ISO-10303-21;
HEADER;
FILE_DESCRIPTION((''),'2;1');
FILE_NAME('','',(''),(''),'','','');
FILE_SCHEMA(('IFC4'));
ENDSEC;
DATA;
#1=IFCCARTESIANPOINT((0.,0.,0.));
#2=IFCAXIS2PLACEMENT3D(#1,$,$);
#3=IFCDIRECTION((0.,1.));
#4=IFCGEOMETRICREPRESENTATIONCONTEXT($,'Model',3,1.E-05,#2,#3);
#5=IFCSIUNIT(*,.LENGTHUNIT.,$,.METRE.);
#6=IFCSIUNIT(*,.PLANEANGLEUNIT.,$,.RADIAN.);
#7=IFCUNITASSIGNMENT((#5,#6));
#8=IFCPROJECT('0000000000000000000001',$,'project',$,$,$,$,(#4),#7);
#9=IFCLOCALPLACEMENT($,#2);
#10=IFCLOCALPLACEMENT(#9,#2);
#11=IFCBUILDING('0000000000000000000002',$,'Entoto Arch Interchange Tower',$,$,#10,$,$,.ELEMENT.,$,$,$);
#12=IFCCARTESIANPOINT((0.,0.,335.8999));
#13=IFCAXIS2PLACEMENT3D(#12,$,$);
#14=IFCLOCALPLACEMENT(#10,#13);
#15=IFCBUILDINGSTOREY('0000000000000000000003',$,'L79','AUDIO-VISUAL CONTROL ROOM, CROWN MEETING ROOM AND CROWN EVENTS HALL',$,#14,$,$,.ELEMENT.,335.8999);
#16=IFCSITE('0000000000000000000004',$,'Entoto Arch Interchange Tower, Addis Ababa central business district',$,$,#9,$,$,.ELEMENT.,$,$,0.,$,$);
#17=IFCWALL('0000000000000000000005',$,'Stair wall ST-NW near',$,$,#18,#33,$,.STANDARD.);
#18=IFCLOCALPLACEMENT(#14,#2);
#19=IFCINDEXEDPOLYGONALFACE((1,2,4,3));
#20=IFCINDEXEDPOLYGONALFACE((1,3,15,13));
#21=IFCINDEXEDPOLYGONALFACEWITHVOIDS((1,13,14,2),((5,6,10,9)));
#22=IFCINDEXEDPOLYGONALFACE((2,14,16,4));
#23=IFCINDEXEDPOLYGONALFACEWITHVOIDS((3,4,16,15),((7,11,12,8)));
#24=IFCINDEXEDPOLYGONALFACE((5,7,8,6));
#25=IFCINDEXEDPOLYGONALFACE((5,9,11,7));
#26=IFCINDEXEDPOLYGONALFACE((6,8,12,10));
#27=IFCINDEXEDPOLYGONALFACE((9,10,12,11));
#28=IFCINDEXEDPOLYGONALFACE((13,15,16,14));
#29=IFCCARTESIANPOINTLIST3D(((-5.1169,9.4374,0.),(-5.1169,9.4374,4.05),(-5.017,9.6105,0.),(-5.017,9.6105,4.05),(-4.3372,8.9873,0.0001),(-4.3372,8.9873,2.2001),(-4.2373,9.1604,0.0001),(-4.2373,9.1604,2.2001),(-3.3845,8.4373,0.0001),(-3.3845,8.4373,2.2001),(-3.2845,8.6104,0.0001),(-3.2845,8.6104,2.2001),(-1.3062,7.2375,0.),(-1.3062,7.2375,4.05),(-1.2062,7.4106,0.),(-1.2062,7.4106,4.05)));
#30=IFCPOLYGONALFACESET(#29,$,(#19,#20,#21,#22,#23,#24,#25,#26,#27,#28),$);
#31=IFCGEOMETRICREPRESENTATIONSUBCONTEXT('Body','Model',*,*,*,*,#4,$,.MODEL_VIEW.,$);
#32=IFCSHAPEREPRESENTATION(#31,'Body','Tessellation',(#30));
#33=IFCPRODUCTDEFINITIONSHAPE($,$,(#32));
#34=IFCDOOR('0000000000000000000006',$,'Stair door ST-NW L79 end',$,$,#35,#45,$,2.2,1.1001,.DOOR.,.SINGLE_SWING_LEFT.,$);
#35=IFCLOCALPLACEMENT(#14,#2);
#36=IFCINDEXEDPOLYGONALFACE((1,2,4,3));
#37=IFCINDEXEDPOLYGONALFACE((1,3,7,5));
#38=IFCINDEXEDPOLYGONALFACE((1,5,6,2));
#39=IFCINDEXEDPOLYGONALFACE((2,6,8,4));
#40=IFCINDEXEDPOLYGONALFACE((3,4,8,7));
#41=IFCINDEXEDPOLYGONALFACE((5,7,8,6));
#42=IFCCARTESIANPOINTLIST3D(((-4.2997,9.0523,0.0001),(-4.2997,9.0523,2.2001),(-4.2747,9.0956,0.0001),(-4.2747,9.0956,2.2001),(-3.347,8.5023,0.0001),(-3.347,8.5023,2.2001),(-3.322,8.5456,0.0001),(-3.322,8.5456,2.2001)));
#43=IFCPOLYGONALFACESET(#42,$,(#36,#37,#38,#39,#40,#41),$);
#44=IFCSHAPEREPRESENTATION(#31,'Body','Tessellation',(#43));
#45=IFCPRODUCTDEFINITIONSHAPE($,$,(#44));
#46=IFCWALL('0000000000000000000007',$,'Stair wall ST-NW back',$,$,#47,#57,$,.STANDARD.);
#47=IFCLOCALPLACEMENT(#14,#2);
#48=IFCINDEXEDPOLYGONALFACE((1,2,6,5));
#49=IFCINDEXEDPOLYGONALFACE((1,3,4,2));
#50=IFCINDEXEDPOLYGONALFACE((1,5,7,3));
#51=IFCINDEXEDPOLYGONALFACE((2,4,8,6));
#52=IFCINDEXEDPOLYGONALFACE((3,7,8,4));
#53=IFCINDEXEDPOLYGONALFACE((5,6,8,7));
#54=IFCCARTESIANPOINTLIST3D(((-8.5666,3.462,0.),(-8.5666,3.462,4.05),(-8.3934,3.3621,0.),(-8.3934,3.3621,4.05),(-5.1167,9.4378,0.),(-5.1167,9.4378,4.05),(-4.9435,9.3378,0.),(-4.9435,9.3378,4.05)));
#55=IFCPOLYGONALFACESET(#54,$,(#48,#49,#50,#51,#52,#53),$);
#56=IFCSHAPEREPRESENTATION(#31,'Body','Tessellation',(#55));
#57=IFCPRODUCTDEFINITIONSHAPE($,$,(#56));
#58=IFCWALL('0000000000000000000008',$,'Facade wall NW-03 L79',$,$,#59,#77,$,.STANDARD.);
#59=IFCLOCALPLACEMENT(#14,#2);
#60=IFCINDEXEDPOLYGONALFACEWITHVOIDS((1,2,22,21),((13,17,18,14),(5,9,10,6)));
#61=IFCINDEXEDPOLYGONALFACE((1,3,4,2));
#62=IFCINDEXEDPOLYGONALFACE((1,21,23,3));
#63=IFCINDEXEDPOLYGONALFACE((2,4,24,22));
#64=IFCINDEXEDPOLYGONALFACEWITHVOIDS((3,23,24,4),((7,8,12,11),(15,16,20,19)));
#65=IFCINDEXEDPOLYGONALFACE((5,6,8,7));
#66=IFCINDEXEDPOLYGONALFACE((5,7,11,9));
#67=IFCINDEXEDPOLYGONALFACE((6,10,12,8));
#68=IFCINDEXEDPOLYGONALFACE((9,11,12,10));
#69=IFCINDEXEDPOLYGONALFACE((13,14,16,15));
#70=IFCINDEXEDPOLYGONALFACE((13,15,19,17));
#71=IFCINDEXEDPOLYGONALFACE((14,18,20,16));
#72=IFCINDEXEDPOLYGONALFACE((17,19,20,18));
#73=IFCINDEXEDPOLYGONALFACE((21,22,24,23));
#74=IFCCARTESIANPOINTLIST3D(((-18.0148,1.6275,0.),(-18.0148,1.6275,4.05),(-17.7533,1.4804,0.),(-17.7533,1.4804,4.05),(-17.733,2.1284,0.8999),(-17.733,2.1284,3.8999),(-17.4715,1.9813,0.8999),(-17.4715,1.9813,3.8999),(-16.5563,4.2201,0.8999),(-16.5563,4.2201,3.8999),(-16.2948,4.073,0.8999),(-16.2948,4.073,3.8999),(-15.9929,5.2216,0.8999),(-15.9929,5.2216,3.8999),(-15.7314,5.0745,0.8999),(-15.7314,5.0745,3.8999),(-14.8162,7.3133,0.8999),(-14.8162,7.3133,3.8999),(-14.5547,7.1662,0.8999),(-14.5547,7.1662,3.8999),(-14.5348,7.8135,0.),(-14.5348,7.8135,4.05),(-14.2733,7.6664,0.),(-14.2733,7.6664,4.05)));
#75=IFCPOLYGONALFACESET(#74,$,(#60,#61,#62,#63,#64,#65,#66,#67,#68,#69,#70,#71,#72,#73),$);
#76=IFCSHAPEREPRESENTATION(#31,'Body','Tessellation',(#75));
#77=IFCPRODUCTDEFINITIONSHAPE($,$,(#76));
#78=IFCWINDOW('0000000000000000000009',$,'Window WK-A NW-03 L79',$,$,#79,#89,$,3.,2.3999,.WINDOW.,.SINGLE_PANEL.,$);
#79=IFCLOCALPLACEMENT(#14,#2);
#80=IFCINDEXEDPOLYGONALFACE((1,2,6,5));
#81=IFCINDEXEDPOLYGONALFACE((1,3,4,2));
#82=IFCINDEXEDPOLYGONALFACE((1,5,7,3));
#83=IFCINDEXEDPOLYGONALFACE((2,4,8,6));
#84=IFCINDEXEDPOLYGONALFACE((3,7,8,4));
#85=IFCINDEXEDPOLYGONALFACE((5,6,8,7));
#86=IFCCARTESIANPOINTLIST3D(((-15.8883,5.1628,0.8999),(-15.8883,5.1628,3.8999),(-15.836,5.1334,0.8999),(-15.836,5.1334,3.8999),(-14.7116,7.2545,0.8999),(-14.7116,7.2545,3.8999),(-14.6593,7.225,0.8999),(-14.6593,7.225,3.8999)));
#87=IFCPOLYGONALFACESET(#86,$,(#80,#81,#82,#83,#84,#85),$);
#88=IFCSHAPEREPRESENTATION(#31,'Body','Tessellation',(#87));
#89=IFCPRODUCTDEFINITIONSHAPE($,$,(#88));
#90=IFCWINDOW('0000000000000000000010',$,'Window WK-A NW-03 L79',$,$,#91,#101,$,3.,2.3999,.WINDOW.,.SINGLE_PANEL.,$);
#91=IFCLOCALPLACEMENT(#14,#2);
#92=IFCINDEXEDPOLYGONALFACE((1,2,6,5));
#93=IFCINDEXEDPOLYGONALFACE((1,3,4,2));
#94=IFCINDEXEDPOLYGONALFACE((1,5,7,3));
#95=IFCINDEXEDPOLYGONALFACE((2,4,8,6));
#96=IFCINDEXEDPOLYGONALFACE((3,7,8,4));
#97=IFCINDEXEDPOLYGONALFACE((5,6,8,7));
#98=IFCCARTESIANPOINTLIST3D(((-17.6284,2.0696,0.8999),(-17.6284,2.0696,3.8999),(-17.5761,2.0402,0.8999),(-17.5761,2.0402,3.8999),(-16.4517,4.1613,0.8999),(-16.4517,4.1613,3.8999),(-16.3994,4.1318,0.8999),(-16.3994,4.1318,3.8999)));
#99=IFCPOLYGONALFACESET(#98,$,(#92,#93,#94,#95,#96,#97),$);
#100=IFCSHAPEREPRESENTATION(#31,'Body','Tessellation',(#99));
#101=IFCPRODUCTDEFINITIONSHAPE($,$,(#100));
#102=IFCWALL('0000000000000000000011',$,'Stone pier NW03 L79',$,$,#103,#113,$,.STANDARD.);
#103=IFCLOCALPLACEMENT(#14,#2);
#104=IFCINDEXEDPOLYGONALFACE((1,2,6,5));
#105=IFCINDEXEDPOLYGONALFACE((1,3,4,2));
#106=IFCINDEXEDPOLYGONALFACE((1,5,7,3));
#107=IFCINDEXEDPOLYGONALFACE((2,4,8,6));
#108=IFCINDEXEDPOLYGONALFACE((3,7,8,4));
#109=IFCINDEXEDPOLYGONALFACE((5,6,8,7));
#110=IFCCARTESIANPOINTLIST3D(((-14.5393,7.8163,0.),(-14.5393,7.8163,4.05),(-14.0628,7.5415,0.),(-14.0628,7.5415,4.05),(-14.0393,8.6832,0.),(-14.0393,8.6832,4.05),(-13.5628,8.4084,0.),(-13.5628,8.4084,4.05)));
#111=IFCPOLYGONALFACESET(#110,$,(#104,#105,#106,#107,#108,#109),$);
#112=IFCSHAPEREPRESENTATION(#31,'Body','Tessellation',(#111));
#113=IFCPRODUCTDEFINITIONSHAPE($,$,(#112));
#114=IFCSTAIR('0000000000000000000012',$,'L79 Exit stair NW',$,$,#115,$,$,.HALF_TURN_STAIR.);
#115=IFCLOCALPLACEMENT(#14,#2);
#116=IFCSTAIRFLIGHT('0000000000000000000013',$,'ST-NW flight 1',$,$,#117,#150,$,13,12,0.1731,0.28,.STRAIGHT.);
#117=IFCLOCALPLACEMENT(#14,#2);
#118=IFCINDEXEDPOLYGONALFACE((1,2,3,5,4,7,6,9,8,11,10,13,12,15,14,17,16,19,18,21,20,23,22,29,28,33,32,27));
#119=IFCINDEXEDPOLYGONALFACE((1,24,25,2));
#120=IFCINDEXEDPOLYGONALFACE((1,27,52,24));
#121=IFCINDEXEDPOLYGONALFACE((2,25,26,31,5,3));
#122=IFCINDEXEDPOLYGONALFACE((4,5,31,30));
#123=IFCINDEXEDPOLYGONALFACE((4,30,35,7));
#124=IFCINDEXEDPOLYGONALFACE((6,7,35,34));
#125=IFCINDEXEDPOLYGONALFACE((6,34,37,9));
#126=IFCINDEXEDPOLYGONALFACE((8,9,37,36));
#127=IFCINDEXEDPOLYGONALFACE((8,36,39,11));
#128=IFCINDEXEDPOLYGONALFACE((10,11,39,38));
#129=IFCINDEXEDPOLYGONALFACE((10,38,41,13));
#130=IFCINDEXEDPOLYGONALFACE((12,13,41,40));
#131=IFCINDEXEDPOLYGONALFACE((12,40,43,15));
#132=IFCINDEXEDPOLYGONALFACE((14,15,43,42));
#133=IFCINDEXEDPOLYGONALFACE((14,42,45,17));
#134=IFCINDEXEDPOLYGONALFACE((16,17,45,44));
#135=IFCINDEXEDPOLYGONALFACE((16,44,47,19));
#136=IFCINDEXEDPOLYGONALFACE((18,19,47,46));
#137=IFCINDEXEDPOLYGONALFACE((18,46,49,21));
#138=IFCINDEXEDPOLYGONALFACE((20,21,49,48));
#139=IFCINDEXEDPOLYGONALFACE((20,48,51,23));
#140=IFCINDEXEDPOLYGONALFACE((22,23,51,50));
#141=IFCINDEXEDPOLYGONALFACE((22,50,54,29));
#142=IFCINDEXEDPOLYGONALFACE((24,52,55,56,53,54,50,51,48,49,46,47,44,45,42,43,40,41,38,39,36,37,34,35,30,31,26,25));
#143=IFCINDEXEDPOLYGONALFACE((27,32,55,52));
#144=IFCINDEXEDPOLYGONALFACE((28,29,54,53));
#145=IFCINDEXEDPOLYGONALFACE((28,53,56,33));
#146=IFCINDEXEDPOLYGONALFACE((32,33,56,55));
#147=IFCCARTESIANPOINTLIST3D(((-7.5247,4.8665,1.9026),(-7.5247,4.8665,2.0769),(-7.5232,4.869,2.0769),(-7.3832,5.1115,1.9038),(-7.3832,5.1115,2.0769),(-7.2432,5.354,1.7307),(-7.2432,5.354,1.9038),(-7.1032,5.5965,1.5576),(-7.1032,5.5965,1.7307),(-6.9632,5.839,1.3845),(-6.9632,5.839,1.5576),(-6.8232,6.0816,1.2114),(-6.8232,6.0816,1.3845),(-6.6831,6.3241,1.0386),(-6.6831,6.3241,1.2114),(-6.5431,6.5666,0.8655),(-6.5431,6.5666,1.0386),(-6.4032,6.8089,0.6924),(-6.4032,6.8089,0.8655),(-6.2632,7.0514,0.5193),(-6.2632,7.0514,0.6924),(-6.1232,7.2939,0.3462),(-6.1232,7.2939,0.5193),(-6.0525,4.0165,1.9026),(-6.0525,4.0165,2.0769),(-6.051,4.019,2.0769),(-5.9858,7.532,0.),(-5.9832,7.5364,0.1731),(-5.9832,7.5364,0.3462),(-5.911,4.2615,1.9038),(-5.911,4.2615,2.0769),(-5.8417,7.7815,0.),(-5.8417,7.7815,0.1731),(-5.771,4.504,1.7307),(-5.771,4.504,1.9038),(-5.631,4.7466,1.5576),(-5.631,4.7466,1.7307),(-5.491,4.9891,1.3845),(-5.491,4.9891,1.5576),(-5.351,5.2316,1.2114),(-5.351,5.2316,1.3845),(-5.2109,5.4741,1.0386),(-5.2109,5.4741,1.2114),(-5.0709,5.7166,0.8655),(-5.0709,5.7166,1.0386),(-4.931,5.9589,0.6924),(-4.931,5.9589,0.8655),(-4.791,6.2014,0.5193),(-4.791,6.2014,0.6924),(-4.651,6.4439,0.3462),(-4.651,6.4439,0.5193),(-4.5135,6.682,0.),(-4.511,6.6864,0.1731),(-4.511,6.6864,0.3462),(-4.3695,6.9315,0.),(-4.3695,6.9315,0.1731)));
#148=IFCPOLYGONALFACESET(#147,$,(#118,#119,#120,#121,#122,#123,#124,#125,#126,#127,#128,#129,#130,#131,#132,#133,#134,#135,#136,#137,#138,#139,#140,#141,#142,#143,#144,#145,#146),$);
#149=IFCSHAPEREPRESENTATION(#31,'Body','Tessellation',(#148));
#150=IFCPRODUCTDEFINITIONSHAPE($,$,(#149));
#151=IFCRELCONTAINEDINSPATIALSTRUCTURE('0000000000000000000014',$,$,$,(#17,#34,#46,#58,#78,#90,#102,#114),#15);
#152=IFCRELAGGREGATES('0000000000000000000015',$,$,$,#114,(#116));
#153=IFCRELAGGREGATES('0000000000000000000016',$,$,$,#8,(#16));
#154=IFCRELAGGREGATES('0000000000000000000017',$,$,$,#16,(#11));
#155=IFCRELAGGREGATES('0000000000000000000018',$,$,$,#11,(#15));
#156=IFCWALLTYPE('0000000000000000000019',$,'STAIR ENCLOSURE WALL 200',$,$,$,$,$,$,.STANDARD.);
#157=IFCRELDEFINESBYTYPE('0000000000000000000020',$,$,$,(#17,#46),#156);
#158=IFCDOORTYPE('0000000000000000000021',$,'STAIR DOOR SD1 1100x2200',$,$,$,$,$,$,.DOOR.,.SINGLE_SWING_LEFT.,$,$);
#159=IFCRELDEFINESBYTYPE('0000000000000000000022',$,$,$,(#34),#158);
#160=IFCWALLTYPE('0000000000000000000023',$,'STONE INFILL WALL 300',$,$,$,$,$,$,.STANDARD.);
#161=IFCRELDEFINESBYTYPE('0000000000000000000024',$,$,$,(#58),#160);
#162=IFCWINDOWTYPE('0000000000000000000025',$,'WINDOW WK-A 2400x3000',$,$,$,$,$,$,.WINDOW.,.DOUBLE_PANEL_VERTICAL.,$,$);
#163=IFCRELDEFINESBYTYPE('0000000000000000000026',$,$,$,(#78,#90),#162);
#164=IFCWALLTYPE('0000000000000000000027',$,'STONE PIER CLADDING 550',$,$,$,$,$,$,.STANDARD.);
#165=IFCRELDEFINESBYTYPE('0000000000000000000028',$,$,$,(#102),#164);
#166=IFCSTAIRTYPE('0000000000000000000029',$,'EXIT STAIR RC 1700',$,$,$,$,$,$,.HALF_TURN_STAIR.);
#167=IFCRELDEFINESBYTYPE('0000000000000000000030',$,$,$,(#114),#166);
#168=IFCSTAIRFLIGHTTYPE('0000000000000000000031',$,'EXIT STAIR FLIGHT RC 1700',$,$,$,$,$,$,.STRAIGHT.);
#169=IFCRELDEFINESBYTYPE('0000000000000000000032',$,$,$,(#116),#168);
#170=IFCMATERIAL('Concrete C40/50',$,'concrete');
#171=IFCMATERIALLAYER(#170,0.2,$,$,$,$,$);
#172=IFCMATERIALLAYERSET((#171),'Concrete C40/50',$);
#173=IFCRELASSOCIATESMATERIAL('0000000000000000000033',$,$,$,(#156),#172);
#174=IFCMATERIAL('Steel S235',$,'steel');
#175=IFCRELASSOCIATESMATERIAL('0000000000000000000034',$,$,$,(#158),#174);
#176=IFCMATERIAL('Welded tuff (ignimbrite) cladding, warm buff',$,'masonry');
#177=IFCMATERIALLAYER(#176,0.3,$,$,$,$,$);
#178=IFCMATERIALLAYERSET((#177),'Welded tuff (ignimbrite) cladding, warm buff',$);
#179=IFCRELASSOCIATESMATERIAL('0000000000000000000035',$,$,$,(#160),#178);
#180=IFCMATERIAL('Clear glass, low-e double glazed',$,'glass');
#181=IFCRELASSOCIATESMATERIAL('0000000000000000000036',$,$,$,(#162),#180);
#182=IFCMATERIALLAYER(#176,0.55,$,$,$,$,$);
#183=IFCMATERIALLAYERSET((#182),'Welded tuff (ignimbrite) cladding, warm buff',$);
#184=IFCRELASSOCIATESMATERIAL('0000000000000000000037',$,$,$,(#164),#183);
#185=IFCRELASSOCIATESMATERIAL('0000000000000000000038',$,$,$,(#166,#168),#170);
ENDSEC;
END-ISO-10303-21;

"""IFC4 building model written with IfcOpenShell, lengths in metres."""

from ifc_helpers import new_model, si_unit, direction, frame, frame_2d, origin, place, context, subcontext, project, spatial, polyline, rectangle, outline, extrude, material, layer, layer_set, type_object, element, fill, aggregate, save


model = new_model("IFC4")

# Units and contexts
model_context = context("Model", 3, precision=1e-05, world=origin(), true_north=direction((0.0, 1.0)))
body_context = subcontext(model_context, "Body", "Model", "MODEL_VIEW")
ifc_project = project(units=[si_unit("LENGTHUNIT", "METRE"), si_unit("PLANEANGLEUNIT", "RADIAN")], contexts=[model_context])

# Site, building, storey
site_placement = place(None, origin())
site = spatial("IfcSite", under=ifc_project, at=site_placement, Name="Entoto Arch Interchange Tower, Addis Ababa central business district", CompositionType="ELEMENT", RefElevation=0.0)
building_placement = place(site_placement, origin())
building = spatial("IfcBuilding", under=site, at=building_placement, Name="Entoto Arch Interchange Tower", CompositionType="ELEMENT")
storey_placement = place(building_placement, frame((0.0, 0.0, 335.8999)))
storey = spatial("IfcBuildingStorey", under=building, at=storey_placement, Name="L79", Description="AUDIO-VISUAL CONTROL ROOM, CROWN MEETING ROOM AND CROWN EVENTS HALL", CompositionType="ELEMENT", Elevation=335.8999)

# Shared definitions
ifc_material_1 = material(Name="Concrete C40/50", Category="concrete")

# Wall, opening, door
ifc_layer_1 = layer(ifc_material_1, 0.2)
ifc_layer_set_1 = layer_set([ifc_layer_1], Name="Concrete C40/50")
wall_type_1 = type_object("IfcWallType", Name="STAIR ENCLOSURE WALL 200", PredefinedType="STANDARD", material=ifc_layer_set_1)
wall_1_placement = place(storey_placement, frame((-1.2561, 7.324, 0.0), z_axis=(0.0, 0.0, 1.0), x_axis=(-0.866046, 0.499964, 0.0)))
wall_1 = element("IfcWall", 1, at=wall_1_placement, inside=storey, type_object=wall_type_1, Name="Stair wall ST-NW near", PredefinedType="STANDARD", context=body_context, shape_type="SweptSolid", body=[
    extrude(rectangle(XDim=4.4001, YDim=0.2, at=frame_2d((2.2002, 0.0))), origin(), (0.0, 0.0, 1.0), 4.05),
])
opening_1_placement = place(wall_1_placement, frame((2.3999, 0.0, 0.0)))
opening_1 = element("IfcOpeningElement", 2, at=opening_1_placement, cuts=wall_1, PredefinedType="OPENING", context=body_context, shape_type="SweptSolid", body=[
    extrude(rectangle(XDim=1.1001, YDim=2.2, at=frame_2d((0.55, 1.1001))), frame((0.0, 0.1099, 0.0), z_axis=(0.0, -1.0, 0.0), x_axis=(1.0, 0.0, 0.0)), (0.0, 0.0, 1.0), 0.22),
])
ifc_material_2 = material(Name="Steel S235", Category="steel")
door_type_1 = type_object("IfcDoorType", Name="STAIR DOOR SD1 1100x2200", OperationType="SINGLE_SWING_LEFT", PredefinedType="DOOR", material=ifc_material_2)
door_1_placement = place(opening_1_placement, origin())
door_1 = element("IfcDoor", 3, at=door_1_placement, inside=storey, type_object=door_type_1, Name="Stair door ST-NW L79 end", OperationType="SINGLE_SWING_LEFT", OverallHeight=2.2, OverallWidth=1.1001, PredefinedType="DOOR", context=body_context, shape_type="SweptSolid", body=[
    extrude(rectangle(XDim=1.1001, YDim=2.2, at=frame_2d((0.55, 1.1001))), frame((0.0, 0.0249, 0.0), z_axis=(0.0, -1.0, 0.0), x_axis=(1.0, 0.0, 0.0)), (0.0, 0.0, 1.0), 0.05),
])
fill(opening_1, door_1)

# Wall
wall_2_placement = place(storey_placement, frame((-5.03, 9.3879, 0.0), z_axis=(0.0, 0.0, 1.0), x_axis=(-0.499979, -0.866038, 0.0)))
element("IfcWall", 4, at=wall_2_placement, inside=storey, type_object=wall_type_1, Name="Stair wall ST-NW back", PredefinedType="STANDARD", context=body_context, shape_type="SweptSolid", body=[
    extrude(rectangle(XDim=6.9001, YDim=0.2, at=frame_2d((3.4502, 0.0))), origin(), (0.0, 0.0, 1.0), 4.05),
])

# Wall, openings, windows
ifc_material_3 = material(Name="Welded tuff (ignimbrite) cladding, warm buff", Category="masonry")
ifc_layer_2 = layer(ifc_material_3, 0.3)
ifc_layer_set_2 = layer_set([ifc_layer_2], Name="Welded tuff (ignimbrite) cladding, warm buff")
wall_type_2 = type_object("IfcWallType", Name="STONE INFILL WALL 300", PredefinedType="STANDARD", material=ifc_layer_set_2)
wall_3_placement = place(storey_placement, frame((-14.4041, 7.74, 0.0), z_axis=(0.0, 0.0, 1.0), x_axis=(-0.490297, -0.871555, 0.0)))
wall_3 = element("IfcWall", 5, at=wall_3_placement, inside=storey, type_object=wall_type_2, Name="Facade wall NW-03 L79", PredefinedType="STANDARD", context=body_context, shape_type="SweptSolid", body=[
    extrude(rectangle(XDim=7.0977, YDim=0.3, at=frame_2d((3.5488, 0.0))), origin(), (0.0, 0.0, 1.0), 4.05),
])
opening_2_placement = place(wall_3_placement, frame((0.574, 0.0, 0.8999)))
opening_2 = element("IfcOpeningElement", 6, at=opening_2_placement, cuts=wall_3, PredefinedType="OPENING", context=body_context, shape_type="SweptSolid", body=[
    extrude(rectangle(XDim=2.3999, YDim=3.0, at=frame_2d((1.2, 1.5))), frame((0.0, 0.1602, 0.0), z_axis=(0.0, -1.0, 0.0), x_axis=(1.0, 0.0, 0.0)), (0.0, 0.0, 1.0), 0.3201),
])
opening_3_placement = place(wall_3_placement, frame((4.123, 0.0, 0.8999)))
opening_3 = element("IfcOpeningElement", 7, at=opening_3_placement, cuts=wall_3, PredefinedType="OPENING", context=body_context, shape_type="SweptSolid", body=[
    extrude(rectangle(XDim=2.3999, YDim=3.0, at=frame_2d((1.2, 1.5))), frame((0.0, 0.1602, 0.0), z_axis=(0.0, -1.0, 0.0), x_axis=(1.0, 0.0, 0.0)), (0.0, 0.0, 1.0), 0.3201),
])
ifc_material_4 = material(Name="Clear glass, low-e double glazed", Category="glass")
window_type = type_object("IfcWindowType", Name="WINDOW WK-A 2400x3000", PartitioningType="DOUBLE_PANEL_VERTICAL", PredefinedType="WINDOW", material=ifc_material_4)
window_1_placement = place(opening_2_placement, origin())
window_1 = element("IfcWindow", 8, at=window_1_placement, inside=storey, type_object=window_type, Name="Window WK-A NW-03 L79", OverallHeight=3.0, OverallWidth=2.3999, PartitioningType="SINGLE_PANEL", PredefinedType="WINDOW", context=body_context, shape_type="SweptSolid", body=[
    extrude(rectangle(XDim=2.3999, YDim=3.0, at=frame_2d((1.2, 1.5))), frame((0.0, 0.03, 0.0), z_axis=(0.0, -1.0, 0.0), x_axis=(1.0, 0.0, 0.0)), (0.0, 0.0, 1.0), 0.0601),
])
fill(opening_2, window_1)
window_2_placement = place(opening_3_placement, origin())
window_2 = element("IfcWindow", 9, at=window_2_placement, inside=storey, type_object=window_type, Name="Window WK-A NW-03 L79", OverallHeight=3.0, OverallWidth=2.3999, PartitioningType="SINGLE_PANEL", PredefinedType="WINDOW", context=body_context, shape_type="SweptSolid", body=[
    extrude(rectangle(XDim=2.3999, YDim=3.0, at=frame_2d((1.2, 1.5))), frame((0.0, 0.03, 0.0), z_axis=(0.0, -1.0, 0.0), x_axis=(1.0, 0.0, 0.0)), (0.0, 0.0, 1.0), 0.0601),
])
fill(opening_3, window_2)

# Wall
ifc_layer_3 = layer(ifc_material_3, 0.55)
ifc_layer_set_3 = layer_set([ifc_layer_3], Name="Welded tuff (ignimbrite) cladding, warm buff")
wall_type_3 = type_object("IfcWallType", Name="STONE PIER CLADDING 550", PredefinedType="STANDARD", material=ifc_layer_set_3)
wall_4_placement = place(storey_placement, frame((-13.801, 8.5459, 0.0), z_axis=(0.0, 0.0, 1.0), x_axis=(-0.499603, -0.866255, 0.0)))
element("IfcWall", 10, at=wall_4_placement, inside=storey, type_object=wall_type_3, Name="Stone pier NW03 L79", PredefinedType="STANDARD", context=body_context, shape_type="SweptSolid", body=[
    extrude(rectangle(XDim=1.0007, YDim=0.55, at=frame_2d((0.5005, 0.0))), origin(), (0.0, 0.0, 1.0), 4.05),
])

# Stair, stair flight
stair_type = type_object("IfcStairType", Name="EXIT STAIR RC 1700", PredefinedType="HALF_TURN_STAIR", material=ifc_material_1)
stair_placement = place(storey_placement, origin())
stair = element("IfcStair", 11, at=stair_placement, inside=storey, type_object=stair_type, Name="L79 Exit stair NW", PredefinedType="HALF_TURN_STAIR")
stair_flight_type = type_object("IfcStairFlightType", Name="EXIT STAIR FLIGHT RC 1700", PredefinedType="STRAIGHT", material=ifc_material_1)
stair_flight_placement = place(storey_placement, frame((-5.1072, 7.354, 0.0), z_axis=(0.0, 0.0, 1.0), x_axis=(-0.5, -0.866025, 0.0)))
stair_flight = element("IfcStairFlight", 12, at=stair_flight_placement, type_object=stair_flight_type, Name="ST-NW flight 1", NumberOfRisers=13, NumberOfTreads=12, PredefinedType="STRAIGHT", RiserHeight=0.1731, TreadLength=0.28, context=body_context, shape_type="SweptSolid", body=[
    extrude(outline(polyline([(-0.0029, 0.0), (-0.0029, 0.1731), (0.28, 0.1731), (0.28, 0.3462), (0.5601, 0.3462), (0.5601, 0.5193), (0.8401, 0.5193), (0.8401, 0.6924), (1.1201, 0.6924), (1.1201, 0.8655), (1.3999, 0.8655), (1.3999, 1.0386), (1.6799, 1.0386), (1.6799, 1.2114), (1.96, 1.2114), (1.96, 1.3845), (2.24, 1.3845), (2.24, 1.5576), (2.52, 1.5576), (2.52, 1.7307), (2.8, 1.7307), (2.8, 1.9038), (3.0801, 1.9038), (3.0801, 2.0769), (3.3601, 2.0769), (3.363, 2.0769), (3.363, 1.9026), (0.2852, 0.0), (-0.0029, 0.0)])), frame((0.0, 0.8501, 0.0), z_axis=(0.0, -1.0, 0.0), x_axis=(1.0, 0.0, 0.0)), (0.0, 0.0, 1.0), 1.7),
])
aggregate(stair, [stair_flight])

save(model, "model.ifc")
